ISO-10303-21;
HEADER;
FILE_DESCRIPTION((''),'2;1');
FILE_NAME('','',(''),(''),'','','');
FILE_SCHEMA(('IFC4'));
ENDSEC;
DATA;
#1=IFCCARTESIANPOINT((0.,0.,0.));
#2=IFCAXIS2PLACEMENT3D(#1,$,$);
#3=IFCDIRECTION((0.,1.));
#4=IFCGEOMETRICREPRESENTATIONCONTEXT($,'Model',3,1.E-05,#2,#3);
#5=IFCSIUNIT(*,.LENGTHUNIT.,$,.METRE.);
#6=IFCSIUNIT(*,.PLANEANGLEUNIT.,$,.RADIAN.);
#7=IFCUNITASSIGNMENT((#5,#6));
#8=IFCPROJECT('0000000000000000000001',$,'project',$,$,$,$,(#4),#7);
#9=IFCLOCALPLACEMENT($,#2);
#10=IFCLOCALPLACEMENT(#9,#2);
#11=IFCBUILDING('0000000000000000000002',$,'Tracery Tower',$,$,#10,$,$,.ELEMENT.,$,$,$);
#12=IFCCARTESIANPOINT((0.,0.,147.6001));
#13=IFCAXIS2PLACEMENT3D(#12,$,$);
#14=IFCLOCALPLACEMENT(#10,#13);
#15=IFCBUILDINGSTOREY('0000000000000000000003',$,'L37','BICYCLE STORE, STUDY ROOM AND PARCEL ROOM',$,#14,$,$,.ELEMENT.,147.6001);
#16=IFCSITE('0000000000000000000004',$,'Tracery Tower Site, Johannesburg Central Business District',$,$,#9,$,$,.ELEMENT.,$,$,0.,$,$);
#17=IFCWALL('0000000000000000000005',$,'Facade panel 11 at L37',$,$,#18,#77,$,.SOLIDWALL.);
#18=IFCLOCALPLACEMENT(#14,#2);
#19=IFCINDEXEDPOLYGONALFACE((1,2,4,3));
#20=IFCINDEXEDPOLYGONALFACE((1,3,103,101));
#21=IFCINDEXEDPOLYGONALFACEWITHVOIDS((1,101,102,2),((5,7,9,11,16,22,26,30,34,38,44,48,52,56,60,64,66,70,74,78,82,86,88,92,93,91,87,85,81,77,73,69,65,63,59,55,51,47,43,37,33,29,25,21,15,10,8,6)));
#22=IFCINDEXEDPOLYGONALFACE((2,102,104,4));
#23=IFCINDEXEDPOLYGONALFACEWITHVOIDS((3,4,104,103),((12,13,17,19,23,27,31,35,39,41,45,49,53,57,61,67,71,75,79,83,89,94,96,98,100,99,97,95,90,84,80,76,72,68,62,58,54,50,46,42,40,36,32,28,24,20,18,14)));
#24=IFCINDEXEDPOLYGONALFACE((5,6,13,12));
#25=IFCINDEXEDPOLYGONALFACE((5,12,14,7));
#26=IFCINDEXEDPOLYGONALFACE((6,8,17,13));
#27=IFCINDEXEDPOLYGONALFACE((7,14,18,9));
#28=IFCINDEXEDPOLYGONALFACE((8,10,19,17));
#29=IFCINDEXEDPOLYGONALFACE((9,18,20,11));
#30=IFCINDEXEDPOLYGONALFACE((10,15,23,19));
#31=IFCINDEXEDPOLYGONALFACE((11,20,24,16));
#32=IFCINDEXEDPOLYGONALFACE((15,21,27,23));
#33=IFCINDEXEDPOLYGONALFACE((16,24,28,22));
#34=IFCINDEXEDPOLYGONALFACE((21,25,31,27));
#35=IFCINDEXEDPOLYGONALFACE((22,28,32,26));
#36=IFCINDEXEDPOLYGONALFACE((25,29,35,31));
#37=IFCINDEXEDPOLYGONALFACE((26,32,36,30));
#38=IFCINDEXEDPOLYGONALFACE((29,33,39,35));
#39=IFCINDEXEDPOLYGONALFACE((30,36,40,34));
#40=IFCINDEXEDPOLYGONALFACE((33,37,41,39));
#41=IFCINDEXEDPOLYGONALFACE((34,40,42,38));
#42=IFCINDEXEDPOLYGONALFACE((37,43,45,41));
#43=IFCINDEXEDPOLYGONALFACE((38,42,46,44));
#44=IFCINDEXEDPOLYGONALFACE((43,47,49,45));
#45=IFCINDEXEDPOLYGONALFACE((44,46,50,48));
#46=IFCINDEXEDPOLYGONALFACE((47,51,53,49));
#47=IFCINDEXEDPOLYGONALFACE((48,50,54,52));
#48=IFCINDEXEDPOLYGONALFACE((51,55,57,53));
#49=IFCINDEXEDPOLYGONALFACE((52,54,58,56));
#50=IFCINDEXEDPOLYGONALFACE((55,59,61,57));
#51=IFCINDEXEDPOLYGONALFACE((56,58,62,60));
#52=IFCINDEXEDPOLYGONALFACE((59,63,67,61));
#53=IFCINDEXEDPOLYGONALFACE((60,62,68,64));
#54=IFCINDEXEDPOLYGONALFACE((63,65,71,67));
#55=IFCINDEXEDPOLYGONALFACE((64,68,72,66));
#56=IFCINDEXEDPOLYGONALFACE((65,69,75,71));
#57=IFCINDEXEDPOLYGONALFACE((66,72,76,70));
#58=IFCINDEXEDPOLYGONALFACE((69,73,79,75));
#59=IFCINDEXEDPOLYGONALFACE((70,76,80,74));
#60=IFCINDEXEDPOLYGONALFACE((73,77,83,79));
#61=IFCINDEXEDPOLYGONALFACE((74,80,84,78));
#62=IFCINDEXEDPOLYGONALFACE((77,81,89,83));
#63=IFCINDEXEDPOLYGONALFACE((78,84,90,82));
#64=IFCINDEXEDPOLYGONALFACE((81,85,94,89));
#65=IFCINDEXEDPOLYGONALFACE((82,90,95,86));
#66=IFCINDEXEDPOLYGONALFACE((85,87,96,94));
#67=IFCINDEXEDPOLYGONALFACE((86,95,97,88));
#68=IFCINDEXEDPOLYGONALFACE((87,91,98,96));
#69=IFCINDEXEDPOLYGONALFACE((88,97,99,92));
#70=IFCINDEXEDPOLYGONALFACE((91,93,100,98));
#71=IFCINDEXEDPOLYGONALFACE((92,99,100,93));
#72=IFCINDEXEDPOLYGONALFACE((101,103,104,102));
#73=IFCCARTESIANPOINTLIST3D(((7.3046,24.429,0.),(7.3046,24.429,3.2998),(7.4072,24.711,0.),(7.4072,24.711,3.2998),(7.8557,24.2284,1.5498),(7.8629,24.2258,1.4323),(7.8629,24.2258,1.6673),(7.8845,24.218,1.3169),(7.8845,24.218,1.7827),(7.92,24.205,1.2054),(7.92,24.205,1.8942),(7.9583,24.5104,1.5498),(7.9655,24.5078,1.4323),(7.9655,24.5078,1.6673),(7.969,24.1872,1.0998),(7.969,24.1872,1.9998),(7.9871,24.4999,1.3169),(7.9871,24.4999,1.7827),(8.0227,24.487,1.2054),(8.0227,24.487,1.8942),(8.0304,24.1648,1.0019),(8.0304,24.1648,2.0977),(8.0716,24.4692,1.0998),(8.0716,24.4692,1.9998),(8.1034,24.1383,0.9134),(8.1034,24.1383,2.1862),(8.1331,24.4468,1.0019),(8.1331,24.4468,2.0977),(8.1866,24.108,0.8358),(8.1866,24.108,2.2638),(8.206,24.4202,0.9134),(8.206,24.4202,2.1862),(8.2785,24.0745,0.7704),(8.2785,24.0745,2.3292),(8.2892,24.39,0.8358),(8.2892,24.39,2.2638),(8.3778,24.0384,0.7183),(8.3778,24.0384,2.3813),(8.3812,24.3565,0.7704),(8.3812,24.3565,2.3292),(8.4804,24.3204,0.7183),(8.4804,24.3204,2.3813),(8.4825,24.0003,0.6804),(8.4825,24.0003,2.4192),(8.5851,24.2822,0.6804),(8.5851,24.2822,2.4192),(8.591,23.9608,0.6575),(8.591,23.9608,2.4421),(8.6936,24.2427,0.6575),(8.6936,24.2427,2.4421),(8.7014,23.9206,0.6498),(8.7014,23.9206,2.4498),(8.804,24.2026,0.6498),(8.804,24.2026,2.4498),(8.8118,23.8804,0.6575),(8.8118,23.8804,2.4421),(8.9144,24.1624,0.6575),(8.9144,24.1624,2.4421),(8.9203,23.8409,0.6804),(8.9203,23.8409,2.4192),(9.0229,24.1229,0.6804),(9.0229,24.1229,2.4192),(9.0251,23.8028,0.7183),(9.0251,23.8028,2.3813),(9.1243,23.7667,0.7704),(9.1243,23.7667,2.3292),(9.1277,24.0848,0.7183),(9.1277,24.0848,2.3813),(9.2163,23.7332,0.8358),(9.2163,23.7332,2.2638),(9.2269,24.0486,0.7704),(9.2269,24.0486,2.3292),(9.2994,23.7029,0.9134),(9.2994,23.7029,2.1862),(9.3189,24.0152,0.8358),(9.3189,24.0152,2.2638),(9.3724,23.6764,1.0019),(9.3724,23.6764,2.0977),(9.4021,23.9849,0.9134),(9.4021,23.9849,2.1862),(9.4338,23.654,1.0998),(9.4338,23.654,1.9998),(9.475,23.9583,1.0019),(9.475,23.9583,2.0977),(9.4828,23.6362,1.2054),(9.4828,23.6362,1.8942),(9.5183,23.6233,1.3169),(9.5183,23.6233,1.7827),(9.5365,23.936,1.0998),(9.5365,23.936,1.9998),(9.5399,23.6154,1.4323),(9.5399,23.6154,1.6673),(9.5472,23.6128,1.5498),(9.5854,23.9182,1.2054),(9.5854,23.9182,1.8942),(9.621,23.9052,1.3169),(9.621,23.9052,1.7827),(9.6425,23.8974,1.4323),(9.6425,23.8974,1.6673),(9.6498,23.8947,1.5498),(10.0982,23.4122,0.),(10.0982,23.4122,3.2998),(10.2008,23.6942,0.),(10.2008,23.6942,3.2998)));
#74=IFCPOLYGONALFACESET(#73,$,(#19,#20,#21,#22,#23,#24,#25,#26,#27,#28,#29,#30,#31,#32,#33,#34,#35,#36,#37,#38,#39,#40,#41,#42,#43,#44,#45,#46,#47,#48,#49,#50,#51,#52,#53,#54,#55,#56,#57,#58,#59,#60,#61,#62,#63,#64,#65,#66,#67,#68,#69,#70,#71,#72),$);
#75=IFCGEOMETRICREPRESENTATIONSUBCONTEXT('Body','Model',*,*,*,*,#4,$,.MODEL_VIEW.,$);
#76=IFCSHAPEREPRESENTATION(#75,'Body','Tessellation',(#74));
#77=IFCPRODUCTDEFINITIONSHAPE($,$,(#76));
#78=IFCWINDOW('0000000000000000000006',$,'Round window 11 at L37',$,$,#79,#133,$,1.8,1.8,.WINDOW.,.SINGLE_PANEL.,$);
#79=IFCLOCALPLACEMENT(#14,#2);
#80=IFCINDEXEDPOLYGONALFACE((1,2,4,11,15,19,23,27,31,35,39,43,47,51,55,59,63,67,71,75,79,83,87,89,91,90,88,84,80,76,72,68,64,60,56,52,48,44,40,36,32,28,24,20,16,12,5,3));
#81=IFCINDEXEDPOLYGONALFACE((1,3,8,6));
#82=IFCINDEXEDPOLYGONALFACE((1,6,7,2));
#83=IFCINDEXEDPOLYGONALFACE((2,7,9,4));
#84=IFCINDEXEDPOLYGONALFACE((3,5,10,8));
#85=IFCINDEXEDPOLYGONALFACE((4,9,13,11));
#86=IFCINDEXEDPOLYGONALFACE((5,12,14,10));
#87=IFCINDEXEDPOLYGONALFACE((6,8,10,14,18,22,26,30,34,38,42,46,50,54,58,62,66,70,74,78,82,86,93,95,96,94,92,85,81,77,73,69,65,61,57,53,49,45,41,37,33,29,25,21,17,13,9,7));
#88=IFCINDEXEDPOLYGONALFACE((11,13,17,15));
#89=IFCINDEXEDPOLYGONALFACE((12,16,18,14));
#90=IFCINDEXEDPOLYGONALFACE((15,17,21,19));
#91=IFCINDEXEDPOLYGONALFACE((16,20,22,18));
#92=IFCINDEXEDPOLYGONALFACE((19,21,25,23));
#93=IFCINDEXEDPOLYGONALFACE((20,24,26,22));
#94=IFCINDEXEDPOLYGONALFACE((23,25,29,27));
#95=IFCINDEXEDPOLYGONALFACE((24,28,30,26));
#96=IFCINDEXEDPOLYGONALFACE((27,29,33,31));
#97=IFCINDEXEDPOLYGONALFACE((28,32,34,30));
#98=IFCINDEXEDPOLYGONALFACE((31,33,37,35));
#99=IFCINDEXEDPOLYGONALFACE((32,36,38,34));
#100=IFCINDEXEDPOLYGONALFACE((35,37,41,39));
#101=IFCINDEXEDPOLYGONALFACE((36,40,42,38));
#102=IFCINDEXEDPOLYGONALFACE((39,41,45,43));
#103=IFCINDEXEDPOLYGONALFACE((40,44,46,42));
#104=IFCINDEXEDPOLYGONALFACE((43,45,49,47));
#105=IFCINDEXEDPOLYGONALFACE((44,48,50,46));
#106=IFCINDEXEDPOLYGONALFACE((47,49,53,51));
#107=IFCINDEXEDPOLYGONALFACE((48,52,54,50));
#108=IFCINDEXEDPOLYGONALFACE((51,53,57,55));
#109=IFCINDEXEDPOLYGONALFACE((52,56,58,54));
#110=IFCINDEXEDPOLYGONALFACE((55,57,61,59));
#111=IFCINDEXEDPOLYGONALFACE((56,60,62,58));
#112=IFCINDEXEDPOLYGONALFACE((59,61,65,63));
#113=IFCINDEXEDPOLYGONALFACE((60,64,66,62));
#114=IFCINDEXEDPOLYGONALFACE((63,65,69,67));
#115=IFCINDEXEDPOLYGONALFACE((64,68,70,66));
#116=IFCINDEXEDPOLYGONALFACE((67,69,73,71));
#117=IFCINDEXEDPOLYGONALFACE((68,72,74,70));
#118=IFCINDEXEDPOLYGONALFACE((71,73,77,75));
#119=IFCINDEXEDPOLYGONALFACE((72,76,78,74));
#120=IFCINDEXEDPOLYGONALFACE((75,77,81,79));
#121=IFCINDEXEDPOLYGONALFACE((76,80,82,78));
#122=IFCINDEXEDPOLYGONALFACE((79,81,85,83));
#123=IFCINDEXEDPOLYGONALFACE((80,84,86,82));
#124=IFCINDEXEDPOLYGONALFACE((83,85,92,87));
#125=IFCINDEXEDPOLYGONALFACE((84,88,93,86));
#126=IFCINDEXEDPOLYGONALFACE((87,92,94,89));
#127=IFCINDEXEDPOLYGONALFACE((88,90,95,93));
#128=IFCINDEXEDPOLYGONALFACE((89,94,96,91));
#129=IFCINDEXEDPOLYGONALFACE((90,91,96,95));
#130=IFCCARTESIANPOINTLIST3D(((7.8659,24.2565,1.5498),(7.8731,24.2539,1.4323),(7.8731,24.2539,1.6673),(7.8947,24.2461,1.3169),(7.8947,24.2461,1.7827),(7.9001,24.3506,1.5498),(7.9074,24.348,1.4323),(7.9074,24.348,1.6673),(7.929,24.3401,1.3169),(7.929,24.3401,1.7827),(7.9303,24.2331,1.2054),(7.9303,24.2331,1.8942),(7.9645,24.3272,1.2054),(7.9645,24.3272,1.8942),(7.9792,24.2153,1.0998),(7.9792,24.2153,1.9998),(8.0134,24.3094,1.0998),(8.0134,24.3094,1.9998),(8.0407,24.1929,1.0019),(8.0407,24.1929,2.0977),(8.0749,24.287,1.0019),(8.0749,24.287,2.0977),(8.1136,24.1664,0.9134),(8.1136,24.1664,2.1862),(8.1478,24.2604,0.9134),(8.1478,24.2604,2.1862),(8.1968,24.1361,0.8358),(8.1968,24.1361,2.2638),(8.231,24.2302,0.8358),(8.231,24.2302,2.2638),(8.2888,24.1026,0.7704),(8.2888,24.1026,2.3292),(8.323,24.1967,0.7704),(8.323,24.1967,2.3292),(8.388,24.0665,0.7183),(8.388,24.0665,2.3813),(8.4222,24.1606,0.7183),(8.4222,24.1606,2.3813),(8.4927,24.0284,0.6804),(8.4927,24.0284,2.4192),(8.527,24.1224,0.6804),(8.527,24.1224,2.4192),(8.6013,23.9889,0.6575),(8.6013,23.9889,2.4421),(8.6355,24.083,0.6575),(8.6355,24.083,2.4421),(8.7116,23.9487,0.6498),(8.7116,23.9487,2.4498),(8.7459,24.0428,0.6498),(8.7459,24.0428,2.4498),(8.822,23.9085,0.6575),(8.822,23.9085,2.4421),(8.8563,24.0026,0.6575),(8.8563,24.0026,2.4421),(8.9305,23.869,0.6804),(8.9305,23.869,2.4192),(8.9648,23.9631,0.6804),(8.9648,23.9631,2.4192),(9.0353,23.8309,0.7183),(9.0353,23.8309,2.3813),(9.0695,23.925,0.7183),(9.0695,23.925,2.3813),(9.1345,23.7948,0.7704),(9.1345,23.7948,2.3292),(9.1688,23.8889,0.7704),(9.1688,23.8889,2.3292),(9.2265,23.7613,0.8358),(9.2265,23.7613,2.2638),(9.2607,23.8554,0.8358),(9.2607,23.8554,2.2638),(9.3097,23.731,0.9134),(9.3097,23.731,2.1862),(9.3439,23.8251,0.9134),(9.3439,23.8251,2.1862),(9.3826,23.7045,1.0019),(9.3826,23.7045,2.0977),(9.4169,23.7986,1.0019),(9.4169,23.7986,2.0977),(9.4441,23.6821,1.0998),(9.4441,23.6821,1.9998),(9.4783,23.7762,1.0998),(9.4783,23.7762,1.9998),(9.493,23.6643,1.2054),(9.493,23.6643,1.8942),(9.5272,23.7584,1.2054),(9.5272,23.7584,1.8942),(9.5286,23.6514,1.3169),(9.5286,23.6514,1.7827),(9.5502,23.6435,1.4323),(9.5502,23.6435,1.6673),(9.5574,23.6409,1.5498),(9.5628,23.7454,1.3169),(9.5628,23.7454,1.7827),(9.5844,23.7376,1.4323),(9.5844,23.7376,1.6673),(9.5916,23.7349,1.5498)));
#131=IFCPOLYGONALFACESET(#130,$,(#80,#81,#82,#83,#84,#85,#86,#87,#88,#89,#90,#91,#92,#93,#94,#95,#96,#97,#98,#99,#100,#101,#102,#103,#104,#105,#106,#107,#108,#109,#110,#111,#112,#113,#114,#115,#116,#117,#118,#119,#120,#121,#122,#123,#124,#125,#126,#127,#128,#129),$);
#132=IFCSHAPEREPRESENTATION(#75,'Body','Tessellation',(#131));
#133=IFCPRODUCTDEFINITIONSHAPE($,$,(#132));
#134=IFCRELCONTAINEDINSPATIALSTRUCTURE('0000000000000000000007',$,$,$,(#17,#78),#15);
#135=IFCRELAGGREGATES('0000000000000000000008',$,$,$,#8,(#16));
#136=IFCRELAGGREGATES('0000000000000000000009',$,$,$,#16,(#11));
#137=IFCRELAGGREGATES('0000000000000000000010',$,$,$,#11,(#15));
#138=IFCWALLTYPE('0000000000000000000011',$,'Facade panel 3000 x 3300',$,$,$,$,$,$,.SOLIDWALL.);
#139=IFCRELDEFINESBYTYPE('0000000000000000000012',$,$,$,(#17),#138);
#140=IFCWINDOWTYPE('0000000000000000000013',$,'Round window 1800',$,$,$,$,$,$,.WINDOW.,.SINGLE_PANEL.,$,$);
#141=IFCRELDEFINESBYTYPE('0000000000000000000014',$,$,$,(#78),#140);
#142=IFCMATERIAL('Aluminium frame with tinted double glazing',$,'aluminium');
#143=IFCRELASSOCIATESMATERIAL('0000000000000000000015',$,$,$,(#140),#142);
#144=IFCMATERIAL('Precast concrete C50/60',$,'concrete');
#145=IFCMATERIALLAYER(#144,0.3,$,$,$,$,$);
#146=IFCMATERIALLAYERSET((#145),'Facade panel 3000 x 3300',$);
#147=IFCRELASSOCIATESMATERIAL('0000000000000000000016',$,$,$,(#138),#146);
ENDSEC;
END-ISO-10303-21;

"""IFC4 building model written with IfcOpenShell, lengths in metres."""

from ifc_helpers import new_model, si_unit, direction, frame, frame_2d, origin, origin_2d, place, context, subcontext, project, spatial, rectangle, circle, extrude, material, layer, layer_set, type_object, element, fill, save


model = new_model("IFC4")

# Units and contexts
model_context = context("Model", 3, precision=1e-05, world=origin(), true_north=direction((0.0, 1.0)))
body_context = subcontext(model_context, "Body", "Model", "MODEL_VIEW")
ifc_project = project(units=[si_unit("LENGTHUNIT", "METRE"), si_unit("PLANEANGLEUNIT", "RADIAN")], contexts=[model_context])

# Site, building, storey
site_placement = place(None, origin())
site = spatial("IfcSite", under=ifc_project, at=site_placement, Name="Tracery Tower Site, Johannesburg Central Business District", CompositionType="ELEMENT", RefElevation=0.0)
building_placement = place(site_placement, origin())
building = spatial("IfcBuilding", under=site, at=building_placement, Name="Tracery Tower", CompositionType="ELEMENT")
storey_placement = place(building_placement, frame((0.0, 0.0, 147.6001)))
storey = spatial("IfcBuildingStorey", under=building, at=storey_placement, Name="L37", Description="BICYCLE STORE, STUDY ROOM AND PARCEL ROOM", CompositionType="ELEMENT", Elevation=147.6001)

# Wall, opening, window
ifc_material_1 = material(Name="Aluminium frame with tinted double glazing", Category="aluminium")
window_type = type_object("IfcWindowType", Name="Round window 1800", PartitioningType="SINGLE_PANEL", PredefinedType="WINDOW", material=ifc_material_1)
ifc_material_2 = material(Name="Precast concrete C50/60", Category="concrete")
ifc_layer_1 = layer(ifc_material_2, 0.3)
ifc_layer_set_1 = layer_set([ifc_layer_1], Name="Facade panel 3000 x 3300")
wall_type_1 = type_object("IfcWallType", Name="Facade panel 3000 x 3300", PredefinedType="SOLIDWALL", material=ifc_layer_set_1)
wall_1_placement = place(storey_placement, frame((10.1494, 23.5532, 0.0), z_axis=(0.0, 0.0, 1.0), x_axis=(-0.93969, 0.342027, 0.0)))
wall_1 = element("IfcWall", 1, at=wall_1_placement, inside=storey, type_object=wall_type_1, Name="Facade panel 11 at L37", PredefinedType="SOLIDWALL", context=body_context, shape_type="SweptSolid", body=[
    extrude(rectangle(XDim=2.9729, YDim=0.3, at=frame_2d((1.4863, 0.0))), origin(), (0.0, 0.0, 1.0), 3.2998),
])
opening_1_placement = place(wall_1_placement, frame((1.4863, 0.0, 1.5498)))
opening_1 = element("IfcOpeningElement", 2, at=opening_1_placement, cuts=wall_1, PredefinedType="OPENING", context=body_context, shape_type="SweptSolid", body=[
    extrude(circle(Radius=0.9, at=origin_2d()), frame((0.0, 0.1599, 0.0), z_axis=(0.0, -1.0, 0.0), x_axis=(1.0, 0.0, 0.0)), (0.0, 0.0, 1.0), 0.3201),
])
window_1_placement = place(opening_1_placement, origin())
window_1 = element("IfcWindow", 3, at=window_1_placement, inside=storey, type_object=window_type, Name="Round window 11 at L37", OverallHeight=1.8, OverallWidth=1.8, PartitioningType="SINGLE_PANEL", PredefinedType="WINDOW", context=body_context, shape_type="SweptSolid", body=[
    extrude(circle(Radius=0.9, at=origin_2d()), frame((0.0, 0.1201, 0.0), z_axis=(0.0, -1.0, 0.0), x_axis=(1.0, 0.0, 0.0)), (0.0, 0.0, 1.0), 0.1001),
])
fill(opening_1, window_1)

save(model, "model.ifc")
